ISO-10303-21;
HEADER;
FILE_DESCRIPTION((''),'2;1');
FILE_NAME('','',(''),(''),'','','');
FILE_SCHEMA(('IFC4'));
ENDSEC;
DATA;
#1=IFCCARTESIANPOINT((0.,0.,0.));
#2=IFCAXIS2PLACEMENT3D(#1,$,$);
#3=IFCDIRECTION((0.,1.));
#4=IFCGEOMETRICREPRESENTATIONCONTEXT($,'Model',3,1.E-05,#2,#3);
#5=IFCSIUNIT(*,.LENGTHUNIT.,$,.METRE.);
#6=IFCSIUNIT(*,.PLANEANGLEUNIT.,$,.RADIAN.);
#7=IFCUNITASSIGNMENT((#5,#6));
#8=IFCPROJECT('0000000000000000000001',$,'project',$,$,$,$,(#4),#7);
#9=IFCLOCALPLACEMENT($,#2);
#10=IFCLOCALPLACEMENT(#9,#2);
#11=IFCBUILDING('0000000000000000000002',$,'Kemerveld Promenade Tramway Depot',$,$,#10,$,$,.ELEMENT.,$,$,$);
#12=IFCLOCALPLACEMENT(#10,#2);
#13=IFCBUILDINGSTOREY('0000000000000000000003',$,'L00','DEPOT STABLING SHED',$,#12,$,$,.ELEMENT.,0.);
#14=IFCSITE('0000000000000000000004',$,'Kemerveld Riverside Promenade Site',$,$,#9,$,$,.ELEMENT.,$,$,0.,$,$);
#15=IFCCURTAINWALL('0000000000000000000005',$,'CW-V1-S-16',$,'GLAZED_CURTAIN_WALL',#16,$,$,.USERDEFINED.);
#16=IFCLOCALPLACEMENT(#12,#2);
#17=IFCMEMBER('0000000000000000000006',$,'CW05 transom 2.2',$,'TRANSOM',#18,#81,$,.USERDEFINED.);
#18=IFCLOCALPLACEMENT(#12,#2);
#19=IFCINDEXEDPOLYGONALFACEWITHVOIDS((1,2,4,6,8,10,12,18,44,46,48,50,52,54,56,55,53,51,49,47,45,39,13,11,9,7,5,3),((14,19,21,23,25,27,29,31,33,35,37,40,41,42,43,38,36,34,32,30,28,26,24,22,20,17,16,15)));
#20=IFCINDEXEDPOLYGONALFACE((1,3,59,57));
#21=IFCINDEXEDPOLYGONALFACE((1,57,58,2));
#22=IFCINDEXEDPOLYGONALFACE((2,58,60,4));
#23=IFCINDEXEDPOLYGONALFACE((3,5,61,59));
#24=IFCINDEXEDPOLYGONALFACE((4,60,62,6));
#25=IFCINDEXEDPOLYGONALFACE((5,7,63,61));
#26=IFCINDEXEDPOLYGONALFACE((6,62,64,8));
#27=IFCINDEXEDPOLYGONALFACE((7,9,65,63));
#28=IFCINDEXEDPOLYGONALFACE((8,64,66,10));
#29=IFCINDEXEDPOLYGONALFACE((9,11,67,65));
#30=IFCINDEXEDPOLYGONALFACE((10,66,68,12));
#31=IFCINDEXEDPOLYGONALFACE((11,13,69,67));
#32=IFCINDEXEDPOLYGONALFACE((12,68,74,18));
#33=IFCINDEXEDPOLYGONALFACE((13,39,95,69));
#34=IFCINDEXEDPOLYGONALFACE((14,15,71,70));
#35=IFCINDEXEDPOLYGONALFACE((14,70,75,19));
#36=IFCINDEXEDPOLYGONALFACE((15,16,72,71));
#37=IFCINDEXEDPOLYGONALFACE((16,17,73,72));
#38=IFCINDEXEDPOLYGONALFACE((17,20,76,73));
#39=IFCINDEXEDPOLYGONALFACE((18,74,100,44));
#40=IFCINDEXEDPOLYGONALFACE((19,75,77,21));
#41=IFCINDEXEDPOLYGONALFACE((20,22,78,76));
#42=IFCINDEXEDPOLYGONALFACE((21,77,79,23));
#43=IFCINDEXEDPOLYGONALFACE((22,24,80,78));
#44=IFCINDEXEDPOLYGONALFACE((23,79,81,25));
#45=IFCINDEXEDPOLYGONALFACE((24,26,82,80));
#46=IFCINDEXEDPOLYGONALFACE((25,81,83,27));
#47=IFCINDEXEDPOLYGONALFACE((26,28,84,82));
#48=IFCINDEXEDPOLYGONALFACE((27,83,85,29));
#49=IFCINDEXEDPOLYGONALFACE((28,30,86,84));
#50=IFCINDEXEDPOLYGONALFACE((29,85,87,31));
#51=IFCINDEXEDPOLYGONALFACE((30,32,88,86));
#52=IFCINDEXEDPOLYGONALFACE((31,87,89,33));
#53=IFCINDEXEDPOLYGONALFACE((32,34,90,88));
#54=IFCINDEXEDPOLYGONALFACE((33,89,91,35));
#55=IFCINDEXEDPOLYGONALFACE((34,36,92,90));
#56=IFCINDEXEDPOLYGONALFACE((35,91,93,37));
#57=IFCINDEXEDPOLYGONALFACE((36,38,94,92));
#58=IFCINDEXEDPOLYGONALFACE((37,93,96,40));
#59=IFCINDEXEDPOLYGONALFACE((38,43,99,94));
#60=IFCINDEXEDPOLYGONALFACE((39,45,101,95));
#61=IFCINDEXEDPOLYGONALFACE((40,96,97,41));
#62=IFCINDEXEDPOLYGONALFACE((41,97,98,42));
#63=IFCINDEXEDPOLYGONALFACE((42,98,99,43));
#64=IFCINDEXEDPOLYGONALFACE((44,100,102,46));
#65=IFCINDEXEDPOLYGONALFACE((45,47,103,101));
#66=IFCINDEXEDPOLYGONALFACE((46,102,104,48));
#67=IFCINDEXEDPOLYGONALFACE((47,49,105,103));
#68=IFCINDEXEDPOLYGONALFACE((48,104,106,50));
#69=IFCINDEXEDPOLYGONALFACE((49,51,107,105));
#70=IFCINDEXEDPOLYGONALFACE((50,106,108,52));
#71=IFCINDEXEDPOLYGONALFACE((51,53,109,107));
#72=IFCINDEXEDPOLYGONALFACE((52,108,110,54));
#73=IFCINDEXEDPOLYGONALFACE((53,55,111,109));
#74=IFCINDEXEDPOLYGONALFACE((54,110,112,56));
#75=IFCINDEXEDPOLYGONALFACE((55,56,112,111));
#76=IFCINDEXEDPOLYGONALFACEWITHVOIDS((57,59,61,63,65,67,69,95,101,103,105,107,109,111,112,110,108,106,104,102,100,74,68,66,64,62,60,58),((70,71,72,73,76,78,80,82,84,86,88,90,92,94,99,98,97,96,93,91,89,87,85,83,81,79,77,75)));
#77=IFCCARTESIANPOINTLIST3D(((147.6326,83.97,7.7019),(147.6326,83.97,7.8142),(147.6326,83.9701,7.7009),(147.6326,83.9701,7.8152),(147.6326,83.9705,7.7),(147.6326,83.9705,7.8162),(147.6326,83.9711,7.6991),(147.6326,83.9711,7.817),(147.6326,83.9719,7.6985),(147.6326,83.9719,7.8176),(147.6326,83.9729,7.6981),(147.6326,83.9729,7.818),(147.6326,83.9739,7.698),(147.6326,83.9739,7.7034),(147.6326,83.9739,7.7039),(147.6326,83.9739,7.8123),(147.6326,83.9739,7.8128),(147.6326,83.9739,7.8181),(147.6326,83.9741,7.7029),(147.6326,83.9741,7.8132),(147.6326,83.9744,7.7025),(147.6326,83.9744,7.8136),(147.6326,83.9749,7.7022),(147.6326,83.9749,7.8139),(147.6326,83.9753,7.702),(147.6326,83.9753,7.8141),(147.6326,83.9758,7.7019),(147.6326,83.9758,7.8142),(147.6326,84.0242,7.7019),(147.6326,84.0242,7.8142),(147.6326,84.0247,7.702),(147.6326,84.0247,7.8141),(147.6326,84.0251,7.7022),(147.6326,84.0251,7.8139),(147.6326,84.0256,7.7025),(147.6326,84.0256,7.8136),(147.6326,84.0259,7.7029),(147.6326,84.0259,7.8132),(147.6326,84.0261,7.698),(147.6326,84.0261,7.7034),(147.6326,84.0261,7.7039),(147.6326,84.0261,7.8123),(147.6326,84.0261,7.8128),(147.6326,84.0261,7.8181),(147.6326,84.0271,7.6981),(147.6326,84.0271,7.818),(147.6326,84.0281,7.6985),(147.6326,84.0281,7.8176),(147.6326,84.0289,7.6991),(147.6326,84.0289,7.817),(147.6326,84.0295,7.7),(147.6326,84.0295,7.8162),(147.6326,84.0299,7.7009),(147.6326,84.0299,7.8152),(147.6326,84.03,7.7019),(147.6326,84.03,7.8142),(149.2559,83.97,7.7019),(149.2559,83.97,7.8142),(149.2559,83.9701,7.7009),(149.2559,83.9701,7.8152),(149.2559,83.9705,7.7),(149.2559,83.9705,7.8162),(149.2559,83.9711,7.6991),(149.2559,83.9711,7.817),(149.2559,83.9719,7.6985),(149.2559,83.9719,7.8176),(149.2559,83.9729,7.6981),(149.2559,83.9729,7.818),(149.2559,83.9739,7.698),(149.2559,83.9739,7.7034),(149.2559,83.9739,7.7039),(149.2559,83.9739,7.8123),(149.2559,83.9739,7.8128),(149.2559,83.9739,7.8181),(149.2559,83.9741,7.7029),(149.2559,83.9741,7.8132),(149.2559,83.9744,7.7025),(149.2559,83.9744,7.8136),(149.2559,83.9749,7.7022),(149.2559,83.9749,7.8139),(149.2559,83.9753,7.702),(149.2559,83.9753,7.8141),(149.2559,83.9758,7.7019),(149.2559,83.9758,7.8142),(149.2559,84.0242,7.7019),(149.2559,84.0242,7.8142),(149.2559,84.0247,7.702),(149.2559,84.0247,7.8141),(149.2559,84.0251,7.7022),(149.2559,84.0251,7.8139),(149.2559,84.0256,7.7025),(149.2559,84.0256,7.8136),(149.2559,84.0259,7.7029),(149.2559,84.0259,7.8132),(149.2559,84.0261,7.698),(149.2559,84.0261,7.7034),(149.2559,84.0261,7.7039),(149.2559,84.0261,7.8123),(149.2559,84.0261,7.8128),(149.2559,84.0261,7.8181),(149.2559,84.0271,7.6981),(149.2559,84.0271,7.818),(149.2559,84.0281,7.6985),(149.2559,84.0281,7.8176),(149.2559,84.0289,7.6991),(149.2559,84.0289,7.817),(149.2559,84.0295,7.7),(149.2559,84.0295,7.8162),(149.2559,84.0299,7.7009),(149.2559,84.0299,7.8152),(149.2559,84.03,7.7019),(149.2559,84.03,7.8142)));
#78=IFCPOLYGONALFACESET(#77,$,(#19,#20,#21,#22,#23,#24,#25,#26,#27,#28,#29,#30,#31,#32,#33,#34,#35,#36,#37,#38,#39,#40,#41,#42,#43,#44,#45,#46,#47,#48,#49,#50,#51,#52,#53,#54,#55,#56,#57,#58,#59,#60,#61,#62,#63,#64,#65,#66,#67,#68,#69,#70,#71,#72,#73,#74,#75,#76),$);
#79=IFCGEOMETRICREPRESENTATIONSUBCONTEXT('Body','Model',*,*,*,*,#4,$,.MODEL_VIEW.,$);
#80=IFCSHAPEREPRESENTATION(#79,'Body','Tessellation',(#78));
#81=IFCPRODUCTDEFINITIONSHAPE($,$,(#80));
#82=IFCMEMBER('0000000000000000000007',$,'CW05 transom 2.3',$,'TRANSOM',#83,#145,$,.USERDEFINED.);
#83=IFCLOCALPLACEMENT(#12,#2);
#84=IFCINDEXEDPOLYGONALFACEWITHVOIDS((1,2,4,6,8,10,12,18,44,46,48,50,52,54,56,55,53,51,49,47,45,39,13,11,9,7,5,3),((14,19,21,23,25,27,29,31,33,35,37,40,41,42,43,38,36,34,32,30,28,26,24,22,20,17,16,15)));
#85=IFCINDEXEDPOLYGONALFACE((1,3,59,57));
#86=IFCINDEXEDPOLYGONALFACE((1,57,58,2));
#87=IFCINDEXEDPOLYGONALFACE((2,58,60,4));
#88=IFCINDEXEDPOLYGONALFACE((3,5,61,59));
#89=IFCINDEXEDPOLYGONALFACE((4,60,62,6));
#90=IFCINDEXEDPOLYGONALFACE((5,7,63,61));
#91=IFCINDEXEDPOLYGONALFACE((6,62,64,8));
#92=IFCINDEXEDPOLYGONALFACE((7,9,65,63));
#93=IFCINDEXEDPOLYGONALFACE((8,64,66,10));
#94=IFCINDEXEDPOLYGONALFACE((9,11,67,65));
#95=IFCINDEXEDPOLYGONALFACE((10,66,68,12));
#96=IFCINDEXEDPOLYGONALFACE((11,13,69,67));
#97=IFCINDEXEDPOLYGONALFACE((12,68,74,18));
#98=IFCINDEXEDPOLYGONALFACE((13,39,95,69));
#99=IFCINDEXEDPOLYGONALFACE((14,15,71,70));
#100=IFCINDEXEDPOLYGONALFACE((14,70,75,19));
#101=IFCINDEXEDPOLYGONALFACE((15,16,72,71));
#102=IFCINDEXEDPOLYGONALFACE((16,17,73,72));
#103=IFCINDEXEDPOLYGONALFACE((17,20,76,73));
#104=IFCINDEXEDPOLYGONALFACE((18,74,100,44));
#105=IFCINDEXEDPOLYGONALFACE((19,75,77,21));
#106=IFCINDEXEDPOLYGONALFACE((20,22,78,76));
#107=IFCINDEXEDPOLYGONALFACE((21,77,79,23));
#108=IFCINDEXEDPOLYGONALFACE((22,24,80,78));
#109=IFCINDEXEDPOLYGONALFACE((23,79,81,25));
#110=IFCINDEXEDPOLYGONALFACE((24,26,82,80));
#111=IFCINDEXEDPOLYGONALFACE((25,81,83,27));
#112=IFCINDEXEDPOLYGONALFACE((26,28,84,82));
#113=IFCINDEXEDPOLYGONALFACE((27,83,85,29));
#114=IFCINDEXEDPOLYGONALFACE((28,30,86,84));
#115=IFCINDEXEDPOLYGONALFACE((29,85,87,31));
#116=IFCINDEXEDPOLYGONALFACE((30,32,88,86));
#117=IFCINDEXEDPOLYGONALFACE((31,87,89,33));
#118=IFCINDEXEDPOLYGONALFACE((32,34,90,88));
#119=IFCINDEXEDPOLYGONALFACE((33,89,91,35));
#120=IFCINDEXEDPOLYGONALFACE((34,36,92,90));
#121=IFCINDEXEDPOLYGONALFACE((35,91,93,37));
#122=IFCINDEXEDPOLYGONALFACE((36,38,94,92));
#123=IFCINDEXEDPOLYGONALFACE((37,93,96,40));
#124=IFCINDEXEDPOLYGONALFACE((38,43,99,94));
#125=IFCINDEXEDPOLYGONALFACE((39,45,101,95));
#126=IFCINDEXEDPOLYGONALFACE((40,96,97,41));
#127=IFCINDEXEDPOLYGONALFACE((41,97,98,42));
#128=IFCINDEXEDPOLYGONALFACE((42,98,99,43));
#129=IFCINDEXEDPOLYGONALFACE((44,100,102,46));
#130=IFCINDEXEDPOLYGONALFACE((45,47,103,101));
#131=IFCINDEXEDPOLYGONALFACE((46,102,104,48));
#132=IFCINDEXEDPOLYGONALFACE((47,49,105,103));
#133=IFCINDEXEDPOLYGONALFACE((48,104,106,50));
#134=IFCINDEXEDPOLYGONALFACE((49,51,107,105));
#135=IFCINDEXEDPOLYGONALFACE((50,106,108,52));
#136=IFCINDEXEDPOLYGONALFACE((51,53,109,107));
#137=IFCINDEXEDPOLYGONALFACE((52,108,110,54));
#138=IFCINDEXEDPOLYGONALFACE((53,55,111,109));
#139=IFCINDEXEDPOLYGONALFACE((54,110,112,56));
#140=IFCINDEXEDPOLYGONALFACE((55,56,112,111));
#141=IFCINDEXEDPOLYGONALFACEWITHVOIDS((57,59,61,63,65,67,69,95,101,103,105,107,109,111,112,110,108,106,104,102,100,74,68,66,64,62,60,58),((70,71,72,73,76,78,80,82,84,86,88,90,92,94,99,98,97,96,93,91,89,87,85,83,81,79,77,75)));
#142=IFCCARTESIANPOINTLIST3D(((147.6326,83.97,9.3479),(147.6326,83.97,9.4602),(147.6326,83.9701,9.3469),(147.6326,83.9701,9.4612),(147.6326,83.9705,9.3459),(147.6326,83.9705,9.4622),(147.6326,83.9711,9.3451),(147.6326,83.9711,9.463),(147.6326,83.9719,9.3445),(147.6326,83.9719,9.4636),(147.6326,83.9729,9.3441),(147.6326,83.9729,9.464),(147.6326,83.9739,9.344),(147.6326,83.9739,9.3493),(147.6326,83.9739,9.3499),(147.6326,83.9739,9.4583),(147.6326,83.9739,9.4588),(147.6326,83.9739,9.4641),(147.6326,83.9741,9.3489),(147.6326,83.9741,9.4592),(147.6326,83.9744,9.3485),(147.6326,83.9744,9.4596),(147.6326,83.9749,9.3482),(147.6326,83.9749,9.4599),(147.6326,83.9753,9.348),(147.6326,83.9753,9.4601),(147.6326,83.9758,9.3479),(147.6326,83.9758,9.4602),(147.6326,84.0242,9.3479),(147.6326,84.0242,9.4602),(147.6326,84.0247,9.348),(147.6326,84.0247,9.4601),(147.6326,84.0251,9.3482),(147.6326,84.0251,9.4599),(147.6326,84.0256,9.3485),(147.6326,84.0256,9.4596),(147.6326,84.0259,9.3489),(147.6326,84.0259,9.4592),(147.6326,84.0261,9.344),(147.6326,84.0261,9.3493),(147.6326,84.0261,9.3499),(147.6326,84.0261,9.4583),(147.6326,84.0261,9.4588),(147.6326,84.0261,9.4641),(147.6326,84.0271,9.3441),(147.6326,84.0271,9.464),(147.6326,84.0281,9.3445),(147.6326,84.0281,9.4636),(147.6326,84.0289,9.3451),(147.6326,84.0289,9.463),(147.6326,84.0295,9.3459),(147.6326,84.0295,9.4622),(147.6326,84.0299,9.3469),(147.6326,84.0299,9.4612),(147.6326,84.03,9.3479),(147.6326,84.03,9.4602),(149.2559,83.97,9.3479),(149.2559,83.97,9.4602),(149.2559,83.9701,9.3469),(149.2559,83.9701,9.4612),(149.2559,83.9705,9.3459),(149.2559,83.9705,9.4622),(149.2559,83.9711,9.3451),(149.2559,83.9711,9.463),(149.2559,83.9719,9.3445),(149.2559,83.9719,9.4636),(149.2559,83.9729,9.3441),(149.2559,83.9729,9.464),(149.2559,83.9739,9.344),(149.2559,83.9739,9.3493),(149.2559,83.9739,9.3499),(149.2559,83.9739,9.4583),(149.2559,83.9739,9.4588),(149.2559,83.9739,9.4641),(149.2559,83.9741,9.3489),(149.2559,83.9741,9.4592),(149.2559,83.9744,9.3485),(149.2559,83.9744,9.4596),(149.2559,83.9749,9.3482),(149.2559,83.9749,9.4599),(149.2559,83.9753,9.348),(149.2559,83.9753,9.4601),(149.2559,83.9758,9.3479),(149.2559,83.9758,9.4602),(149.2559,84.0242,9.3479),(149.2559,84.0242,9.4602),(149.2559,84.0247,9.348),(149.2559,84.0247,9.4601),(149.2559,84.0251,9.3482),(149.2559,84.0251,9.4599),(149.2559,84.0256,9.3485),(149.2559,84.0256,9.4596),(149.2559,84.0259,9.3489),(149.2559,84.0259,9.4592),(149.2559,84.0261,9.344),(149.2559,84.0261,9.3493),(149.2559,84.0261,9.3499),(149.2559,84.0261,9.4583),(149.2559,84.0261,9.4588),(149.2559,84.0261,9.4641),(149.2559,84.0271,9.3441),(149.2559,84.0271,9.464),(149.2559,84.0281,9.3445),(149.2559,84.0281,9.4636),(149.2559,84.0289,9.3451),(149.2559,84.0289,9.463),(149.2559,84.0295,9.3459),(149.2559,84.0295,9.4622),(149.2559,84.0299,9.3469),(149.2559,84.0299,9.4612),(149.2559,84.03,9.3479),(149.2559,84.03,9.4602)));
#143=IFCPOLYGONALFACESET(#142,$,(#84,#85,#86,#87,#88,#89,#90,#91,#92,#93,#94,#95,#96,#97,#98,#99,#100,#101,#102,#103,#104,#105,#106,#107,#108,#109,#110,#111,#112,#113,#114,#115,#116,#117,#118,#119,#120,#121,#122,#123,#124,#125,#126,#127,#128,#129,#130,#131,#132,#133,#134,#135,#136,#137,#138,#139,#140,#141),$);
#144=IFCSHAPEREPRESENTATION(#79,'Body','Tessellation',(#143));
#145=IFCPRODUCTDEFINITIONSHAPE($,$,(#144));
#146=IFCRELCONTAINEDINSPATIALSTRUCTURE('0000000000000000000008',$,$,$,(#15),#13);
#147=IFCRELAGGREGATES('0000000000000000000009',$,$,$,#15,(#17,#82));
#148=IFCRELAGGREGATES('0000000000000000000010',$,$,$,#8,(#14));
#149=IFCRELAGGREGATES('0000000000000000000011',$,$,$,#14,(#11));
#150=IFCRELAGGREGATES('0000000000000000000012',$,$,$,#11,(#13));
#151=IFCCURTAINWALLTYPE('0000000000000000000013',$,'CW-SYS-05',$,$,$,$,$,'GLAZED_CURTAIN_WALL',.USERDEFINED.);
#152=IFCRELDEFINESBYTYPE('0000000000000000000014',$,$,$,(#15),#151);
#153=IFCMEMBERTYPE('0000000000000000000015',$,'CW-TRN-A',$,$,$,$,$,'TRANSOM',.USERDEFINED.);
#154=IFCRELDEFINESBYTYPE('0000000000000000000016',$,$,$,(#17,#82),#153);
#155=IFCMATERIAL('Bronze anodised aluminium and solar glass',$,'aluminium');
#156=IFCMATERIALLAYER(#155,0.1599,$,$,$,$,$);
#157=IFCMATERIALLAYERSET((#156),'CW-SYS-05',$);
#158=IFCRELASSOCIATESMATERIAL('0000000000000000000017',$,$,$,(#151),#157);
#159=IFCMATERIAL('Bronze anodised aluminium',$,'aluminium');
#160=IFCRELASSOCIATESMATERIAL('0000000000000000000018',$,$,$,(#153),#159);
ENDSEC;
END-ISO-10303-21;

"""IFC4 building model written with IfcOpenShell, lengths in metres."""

from ifc_helpers import new_model, si_unit, direction, frame, origin, origin_2d, place, context, subcontext, project, spatial, hollow_rectangle, extrude, material, layer, layer_set, material_profile, profile_set, type_object, element, aggregate, save


model = new_model("IFC4")

# Units and contexts
model_context = context("Model", 3, precision=1e-05, world=origin(), true_north=direction((0.0, 1.0)))
body_context = subcontext(model_context, "Body", "Model", "MODEL_VIEW")
ifc_project = project(units=[si_unit("LENGTHUNIT", "METRE"), si_unit("PLANEANGLEUNIT", "RADIAN")], contexts=[model_context])

# Site, building, storey
site_placement = place(None, origin())
site = spatial("IfcSite", under=ifc_project, at=site_placement, Name="Kemerveld Riverside Promenade Site", CompositionType="ELEMENT", RefElevation=0.0)
building_placement = place(site_placement, origin())
building = spatial("IfcBuilding", under=site, at=building_placement, Name="Kemerveld Promenade Tramway Depot", CompositionType="ELEMENT")
storey_placement = place(building_placement, origin())
storey = spatial("IfcBuildingStorey", under=building, at=storey_placement, Name="L00", Description="DEPOT STABLING SHED", CompositionType="ELEMENT", Elevation=0.0)

# Curtain wall, members
ifc_material_1 = material(Name="Bronze anodised aluminium and solar glass", Category="aluminium")
ifc_layer_1 = layer(ifc_material_1, 0.1599)
ifc_layer_set_1 = layer_set([ifc_layer_1], Name="CW-SYS-05")
curtain_wall_type = type_object("IfcCurtainWallType", Name="CW-SYS-05", ElementType="GLAZED_CURTAIN_WALL", PredefinedType="USERDEFINED", material=ifc_layer_set_1)
curtain_wall_placement = place(storey_placement, origin())
curtain_wall = element("IfcCurtainWall", 1, at=curtain_wall_placement, inside=storey, type_object=curtain_wall_type, Name="CW-V1-S-16", ObjectType="GLAZED_CURTAIN_WALL", PredefinedType="USERDEFINED")
ifc_material_2 = material(Name="Bronze anodised aluminium", Category="aluminium")
ifc_material_profile_1 = material_profile(ifc_material_2, hollow_rectangle(XDim=0.0601, YDim=0.1201, WallThickness=0.0039, InnerFilletRadius=0.002, OuterFilletRadius=0.0039, at=origin_2d()), Name="CW-TRN-120x60")
ifc_profile_set_1 = profile_set([ifc_material_profile_1], Name="Bronze anodised aluminium")
member_type_1 = type_object("IfcMemberType", Name="CW-TRN-A", ElementType="TRANSOM", PredefinedType="USERDEFINED", material=ifc_profile_set_1)
member_1_placement = place(storey_placement, frame((149.2559, 84.0, 7.7581), z_axis=(-1.0, 0.0, 0.0), x_axis=(0.0, -1.0, 0.0)))
member_1 = element("IfcMember", 2, at=member_1_placement, type_object=member_type_1, Name="CW05 transom 2.2", ObjectType="TRANSOM", PredefinedType="USERDEFINED", context=body_context, shape_type="SweptSolid", body=[
    extrude(hollow_rectangle(XDim=0.0601, YDim=0.1201, WallThickness=0.0039, InnerFilletRadius=0.002, OuterFilletRadius=0.0039, at=origin_2d()), origin(), (0.0, 0.0, 1.0), 1.6233),
])
member_2_placement = place(storey_placement, frame((149.2559, 84.0, 9.4041), z_axis=(-1.0, 0.0, 0.0), x_axis=(0.0, -1.0, 0.0)))
member_2 = element("IfcMember", 3, at=member_2_placement, type_object=member_type_1, Name="CW05 transom 2.3", ObjectType="TRANSOM", PredefinedType="USERDEFINED", context=body_context, shape_type="SweptSolid", body=[
    extrude(hollow_rectangle(XDim=0.0601, YDim=0.1201, WallThickness=0.0039, InnerFilletRadius=0.002, OuterFilletRadius=0.0039, at=origin_2d()), origin(), (0.0, 0.0, 1.0), 1.6233),
])

aggregate(curtain_wall, [member_1, member_2])

save(model, "model.ifc")
